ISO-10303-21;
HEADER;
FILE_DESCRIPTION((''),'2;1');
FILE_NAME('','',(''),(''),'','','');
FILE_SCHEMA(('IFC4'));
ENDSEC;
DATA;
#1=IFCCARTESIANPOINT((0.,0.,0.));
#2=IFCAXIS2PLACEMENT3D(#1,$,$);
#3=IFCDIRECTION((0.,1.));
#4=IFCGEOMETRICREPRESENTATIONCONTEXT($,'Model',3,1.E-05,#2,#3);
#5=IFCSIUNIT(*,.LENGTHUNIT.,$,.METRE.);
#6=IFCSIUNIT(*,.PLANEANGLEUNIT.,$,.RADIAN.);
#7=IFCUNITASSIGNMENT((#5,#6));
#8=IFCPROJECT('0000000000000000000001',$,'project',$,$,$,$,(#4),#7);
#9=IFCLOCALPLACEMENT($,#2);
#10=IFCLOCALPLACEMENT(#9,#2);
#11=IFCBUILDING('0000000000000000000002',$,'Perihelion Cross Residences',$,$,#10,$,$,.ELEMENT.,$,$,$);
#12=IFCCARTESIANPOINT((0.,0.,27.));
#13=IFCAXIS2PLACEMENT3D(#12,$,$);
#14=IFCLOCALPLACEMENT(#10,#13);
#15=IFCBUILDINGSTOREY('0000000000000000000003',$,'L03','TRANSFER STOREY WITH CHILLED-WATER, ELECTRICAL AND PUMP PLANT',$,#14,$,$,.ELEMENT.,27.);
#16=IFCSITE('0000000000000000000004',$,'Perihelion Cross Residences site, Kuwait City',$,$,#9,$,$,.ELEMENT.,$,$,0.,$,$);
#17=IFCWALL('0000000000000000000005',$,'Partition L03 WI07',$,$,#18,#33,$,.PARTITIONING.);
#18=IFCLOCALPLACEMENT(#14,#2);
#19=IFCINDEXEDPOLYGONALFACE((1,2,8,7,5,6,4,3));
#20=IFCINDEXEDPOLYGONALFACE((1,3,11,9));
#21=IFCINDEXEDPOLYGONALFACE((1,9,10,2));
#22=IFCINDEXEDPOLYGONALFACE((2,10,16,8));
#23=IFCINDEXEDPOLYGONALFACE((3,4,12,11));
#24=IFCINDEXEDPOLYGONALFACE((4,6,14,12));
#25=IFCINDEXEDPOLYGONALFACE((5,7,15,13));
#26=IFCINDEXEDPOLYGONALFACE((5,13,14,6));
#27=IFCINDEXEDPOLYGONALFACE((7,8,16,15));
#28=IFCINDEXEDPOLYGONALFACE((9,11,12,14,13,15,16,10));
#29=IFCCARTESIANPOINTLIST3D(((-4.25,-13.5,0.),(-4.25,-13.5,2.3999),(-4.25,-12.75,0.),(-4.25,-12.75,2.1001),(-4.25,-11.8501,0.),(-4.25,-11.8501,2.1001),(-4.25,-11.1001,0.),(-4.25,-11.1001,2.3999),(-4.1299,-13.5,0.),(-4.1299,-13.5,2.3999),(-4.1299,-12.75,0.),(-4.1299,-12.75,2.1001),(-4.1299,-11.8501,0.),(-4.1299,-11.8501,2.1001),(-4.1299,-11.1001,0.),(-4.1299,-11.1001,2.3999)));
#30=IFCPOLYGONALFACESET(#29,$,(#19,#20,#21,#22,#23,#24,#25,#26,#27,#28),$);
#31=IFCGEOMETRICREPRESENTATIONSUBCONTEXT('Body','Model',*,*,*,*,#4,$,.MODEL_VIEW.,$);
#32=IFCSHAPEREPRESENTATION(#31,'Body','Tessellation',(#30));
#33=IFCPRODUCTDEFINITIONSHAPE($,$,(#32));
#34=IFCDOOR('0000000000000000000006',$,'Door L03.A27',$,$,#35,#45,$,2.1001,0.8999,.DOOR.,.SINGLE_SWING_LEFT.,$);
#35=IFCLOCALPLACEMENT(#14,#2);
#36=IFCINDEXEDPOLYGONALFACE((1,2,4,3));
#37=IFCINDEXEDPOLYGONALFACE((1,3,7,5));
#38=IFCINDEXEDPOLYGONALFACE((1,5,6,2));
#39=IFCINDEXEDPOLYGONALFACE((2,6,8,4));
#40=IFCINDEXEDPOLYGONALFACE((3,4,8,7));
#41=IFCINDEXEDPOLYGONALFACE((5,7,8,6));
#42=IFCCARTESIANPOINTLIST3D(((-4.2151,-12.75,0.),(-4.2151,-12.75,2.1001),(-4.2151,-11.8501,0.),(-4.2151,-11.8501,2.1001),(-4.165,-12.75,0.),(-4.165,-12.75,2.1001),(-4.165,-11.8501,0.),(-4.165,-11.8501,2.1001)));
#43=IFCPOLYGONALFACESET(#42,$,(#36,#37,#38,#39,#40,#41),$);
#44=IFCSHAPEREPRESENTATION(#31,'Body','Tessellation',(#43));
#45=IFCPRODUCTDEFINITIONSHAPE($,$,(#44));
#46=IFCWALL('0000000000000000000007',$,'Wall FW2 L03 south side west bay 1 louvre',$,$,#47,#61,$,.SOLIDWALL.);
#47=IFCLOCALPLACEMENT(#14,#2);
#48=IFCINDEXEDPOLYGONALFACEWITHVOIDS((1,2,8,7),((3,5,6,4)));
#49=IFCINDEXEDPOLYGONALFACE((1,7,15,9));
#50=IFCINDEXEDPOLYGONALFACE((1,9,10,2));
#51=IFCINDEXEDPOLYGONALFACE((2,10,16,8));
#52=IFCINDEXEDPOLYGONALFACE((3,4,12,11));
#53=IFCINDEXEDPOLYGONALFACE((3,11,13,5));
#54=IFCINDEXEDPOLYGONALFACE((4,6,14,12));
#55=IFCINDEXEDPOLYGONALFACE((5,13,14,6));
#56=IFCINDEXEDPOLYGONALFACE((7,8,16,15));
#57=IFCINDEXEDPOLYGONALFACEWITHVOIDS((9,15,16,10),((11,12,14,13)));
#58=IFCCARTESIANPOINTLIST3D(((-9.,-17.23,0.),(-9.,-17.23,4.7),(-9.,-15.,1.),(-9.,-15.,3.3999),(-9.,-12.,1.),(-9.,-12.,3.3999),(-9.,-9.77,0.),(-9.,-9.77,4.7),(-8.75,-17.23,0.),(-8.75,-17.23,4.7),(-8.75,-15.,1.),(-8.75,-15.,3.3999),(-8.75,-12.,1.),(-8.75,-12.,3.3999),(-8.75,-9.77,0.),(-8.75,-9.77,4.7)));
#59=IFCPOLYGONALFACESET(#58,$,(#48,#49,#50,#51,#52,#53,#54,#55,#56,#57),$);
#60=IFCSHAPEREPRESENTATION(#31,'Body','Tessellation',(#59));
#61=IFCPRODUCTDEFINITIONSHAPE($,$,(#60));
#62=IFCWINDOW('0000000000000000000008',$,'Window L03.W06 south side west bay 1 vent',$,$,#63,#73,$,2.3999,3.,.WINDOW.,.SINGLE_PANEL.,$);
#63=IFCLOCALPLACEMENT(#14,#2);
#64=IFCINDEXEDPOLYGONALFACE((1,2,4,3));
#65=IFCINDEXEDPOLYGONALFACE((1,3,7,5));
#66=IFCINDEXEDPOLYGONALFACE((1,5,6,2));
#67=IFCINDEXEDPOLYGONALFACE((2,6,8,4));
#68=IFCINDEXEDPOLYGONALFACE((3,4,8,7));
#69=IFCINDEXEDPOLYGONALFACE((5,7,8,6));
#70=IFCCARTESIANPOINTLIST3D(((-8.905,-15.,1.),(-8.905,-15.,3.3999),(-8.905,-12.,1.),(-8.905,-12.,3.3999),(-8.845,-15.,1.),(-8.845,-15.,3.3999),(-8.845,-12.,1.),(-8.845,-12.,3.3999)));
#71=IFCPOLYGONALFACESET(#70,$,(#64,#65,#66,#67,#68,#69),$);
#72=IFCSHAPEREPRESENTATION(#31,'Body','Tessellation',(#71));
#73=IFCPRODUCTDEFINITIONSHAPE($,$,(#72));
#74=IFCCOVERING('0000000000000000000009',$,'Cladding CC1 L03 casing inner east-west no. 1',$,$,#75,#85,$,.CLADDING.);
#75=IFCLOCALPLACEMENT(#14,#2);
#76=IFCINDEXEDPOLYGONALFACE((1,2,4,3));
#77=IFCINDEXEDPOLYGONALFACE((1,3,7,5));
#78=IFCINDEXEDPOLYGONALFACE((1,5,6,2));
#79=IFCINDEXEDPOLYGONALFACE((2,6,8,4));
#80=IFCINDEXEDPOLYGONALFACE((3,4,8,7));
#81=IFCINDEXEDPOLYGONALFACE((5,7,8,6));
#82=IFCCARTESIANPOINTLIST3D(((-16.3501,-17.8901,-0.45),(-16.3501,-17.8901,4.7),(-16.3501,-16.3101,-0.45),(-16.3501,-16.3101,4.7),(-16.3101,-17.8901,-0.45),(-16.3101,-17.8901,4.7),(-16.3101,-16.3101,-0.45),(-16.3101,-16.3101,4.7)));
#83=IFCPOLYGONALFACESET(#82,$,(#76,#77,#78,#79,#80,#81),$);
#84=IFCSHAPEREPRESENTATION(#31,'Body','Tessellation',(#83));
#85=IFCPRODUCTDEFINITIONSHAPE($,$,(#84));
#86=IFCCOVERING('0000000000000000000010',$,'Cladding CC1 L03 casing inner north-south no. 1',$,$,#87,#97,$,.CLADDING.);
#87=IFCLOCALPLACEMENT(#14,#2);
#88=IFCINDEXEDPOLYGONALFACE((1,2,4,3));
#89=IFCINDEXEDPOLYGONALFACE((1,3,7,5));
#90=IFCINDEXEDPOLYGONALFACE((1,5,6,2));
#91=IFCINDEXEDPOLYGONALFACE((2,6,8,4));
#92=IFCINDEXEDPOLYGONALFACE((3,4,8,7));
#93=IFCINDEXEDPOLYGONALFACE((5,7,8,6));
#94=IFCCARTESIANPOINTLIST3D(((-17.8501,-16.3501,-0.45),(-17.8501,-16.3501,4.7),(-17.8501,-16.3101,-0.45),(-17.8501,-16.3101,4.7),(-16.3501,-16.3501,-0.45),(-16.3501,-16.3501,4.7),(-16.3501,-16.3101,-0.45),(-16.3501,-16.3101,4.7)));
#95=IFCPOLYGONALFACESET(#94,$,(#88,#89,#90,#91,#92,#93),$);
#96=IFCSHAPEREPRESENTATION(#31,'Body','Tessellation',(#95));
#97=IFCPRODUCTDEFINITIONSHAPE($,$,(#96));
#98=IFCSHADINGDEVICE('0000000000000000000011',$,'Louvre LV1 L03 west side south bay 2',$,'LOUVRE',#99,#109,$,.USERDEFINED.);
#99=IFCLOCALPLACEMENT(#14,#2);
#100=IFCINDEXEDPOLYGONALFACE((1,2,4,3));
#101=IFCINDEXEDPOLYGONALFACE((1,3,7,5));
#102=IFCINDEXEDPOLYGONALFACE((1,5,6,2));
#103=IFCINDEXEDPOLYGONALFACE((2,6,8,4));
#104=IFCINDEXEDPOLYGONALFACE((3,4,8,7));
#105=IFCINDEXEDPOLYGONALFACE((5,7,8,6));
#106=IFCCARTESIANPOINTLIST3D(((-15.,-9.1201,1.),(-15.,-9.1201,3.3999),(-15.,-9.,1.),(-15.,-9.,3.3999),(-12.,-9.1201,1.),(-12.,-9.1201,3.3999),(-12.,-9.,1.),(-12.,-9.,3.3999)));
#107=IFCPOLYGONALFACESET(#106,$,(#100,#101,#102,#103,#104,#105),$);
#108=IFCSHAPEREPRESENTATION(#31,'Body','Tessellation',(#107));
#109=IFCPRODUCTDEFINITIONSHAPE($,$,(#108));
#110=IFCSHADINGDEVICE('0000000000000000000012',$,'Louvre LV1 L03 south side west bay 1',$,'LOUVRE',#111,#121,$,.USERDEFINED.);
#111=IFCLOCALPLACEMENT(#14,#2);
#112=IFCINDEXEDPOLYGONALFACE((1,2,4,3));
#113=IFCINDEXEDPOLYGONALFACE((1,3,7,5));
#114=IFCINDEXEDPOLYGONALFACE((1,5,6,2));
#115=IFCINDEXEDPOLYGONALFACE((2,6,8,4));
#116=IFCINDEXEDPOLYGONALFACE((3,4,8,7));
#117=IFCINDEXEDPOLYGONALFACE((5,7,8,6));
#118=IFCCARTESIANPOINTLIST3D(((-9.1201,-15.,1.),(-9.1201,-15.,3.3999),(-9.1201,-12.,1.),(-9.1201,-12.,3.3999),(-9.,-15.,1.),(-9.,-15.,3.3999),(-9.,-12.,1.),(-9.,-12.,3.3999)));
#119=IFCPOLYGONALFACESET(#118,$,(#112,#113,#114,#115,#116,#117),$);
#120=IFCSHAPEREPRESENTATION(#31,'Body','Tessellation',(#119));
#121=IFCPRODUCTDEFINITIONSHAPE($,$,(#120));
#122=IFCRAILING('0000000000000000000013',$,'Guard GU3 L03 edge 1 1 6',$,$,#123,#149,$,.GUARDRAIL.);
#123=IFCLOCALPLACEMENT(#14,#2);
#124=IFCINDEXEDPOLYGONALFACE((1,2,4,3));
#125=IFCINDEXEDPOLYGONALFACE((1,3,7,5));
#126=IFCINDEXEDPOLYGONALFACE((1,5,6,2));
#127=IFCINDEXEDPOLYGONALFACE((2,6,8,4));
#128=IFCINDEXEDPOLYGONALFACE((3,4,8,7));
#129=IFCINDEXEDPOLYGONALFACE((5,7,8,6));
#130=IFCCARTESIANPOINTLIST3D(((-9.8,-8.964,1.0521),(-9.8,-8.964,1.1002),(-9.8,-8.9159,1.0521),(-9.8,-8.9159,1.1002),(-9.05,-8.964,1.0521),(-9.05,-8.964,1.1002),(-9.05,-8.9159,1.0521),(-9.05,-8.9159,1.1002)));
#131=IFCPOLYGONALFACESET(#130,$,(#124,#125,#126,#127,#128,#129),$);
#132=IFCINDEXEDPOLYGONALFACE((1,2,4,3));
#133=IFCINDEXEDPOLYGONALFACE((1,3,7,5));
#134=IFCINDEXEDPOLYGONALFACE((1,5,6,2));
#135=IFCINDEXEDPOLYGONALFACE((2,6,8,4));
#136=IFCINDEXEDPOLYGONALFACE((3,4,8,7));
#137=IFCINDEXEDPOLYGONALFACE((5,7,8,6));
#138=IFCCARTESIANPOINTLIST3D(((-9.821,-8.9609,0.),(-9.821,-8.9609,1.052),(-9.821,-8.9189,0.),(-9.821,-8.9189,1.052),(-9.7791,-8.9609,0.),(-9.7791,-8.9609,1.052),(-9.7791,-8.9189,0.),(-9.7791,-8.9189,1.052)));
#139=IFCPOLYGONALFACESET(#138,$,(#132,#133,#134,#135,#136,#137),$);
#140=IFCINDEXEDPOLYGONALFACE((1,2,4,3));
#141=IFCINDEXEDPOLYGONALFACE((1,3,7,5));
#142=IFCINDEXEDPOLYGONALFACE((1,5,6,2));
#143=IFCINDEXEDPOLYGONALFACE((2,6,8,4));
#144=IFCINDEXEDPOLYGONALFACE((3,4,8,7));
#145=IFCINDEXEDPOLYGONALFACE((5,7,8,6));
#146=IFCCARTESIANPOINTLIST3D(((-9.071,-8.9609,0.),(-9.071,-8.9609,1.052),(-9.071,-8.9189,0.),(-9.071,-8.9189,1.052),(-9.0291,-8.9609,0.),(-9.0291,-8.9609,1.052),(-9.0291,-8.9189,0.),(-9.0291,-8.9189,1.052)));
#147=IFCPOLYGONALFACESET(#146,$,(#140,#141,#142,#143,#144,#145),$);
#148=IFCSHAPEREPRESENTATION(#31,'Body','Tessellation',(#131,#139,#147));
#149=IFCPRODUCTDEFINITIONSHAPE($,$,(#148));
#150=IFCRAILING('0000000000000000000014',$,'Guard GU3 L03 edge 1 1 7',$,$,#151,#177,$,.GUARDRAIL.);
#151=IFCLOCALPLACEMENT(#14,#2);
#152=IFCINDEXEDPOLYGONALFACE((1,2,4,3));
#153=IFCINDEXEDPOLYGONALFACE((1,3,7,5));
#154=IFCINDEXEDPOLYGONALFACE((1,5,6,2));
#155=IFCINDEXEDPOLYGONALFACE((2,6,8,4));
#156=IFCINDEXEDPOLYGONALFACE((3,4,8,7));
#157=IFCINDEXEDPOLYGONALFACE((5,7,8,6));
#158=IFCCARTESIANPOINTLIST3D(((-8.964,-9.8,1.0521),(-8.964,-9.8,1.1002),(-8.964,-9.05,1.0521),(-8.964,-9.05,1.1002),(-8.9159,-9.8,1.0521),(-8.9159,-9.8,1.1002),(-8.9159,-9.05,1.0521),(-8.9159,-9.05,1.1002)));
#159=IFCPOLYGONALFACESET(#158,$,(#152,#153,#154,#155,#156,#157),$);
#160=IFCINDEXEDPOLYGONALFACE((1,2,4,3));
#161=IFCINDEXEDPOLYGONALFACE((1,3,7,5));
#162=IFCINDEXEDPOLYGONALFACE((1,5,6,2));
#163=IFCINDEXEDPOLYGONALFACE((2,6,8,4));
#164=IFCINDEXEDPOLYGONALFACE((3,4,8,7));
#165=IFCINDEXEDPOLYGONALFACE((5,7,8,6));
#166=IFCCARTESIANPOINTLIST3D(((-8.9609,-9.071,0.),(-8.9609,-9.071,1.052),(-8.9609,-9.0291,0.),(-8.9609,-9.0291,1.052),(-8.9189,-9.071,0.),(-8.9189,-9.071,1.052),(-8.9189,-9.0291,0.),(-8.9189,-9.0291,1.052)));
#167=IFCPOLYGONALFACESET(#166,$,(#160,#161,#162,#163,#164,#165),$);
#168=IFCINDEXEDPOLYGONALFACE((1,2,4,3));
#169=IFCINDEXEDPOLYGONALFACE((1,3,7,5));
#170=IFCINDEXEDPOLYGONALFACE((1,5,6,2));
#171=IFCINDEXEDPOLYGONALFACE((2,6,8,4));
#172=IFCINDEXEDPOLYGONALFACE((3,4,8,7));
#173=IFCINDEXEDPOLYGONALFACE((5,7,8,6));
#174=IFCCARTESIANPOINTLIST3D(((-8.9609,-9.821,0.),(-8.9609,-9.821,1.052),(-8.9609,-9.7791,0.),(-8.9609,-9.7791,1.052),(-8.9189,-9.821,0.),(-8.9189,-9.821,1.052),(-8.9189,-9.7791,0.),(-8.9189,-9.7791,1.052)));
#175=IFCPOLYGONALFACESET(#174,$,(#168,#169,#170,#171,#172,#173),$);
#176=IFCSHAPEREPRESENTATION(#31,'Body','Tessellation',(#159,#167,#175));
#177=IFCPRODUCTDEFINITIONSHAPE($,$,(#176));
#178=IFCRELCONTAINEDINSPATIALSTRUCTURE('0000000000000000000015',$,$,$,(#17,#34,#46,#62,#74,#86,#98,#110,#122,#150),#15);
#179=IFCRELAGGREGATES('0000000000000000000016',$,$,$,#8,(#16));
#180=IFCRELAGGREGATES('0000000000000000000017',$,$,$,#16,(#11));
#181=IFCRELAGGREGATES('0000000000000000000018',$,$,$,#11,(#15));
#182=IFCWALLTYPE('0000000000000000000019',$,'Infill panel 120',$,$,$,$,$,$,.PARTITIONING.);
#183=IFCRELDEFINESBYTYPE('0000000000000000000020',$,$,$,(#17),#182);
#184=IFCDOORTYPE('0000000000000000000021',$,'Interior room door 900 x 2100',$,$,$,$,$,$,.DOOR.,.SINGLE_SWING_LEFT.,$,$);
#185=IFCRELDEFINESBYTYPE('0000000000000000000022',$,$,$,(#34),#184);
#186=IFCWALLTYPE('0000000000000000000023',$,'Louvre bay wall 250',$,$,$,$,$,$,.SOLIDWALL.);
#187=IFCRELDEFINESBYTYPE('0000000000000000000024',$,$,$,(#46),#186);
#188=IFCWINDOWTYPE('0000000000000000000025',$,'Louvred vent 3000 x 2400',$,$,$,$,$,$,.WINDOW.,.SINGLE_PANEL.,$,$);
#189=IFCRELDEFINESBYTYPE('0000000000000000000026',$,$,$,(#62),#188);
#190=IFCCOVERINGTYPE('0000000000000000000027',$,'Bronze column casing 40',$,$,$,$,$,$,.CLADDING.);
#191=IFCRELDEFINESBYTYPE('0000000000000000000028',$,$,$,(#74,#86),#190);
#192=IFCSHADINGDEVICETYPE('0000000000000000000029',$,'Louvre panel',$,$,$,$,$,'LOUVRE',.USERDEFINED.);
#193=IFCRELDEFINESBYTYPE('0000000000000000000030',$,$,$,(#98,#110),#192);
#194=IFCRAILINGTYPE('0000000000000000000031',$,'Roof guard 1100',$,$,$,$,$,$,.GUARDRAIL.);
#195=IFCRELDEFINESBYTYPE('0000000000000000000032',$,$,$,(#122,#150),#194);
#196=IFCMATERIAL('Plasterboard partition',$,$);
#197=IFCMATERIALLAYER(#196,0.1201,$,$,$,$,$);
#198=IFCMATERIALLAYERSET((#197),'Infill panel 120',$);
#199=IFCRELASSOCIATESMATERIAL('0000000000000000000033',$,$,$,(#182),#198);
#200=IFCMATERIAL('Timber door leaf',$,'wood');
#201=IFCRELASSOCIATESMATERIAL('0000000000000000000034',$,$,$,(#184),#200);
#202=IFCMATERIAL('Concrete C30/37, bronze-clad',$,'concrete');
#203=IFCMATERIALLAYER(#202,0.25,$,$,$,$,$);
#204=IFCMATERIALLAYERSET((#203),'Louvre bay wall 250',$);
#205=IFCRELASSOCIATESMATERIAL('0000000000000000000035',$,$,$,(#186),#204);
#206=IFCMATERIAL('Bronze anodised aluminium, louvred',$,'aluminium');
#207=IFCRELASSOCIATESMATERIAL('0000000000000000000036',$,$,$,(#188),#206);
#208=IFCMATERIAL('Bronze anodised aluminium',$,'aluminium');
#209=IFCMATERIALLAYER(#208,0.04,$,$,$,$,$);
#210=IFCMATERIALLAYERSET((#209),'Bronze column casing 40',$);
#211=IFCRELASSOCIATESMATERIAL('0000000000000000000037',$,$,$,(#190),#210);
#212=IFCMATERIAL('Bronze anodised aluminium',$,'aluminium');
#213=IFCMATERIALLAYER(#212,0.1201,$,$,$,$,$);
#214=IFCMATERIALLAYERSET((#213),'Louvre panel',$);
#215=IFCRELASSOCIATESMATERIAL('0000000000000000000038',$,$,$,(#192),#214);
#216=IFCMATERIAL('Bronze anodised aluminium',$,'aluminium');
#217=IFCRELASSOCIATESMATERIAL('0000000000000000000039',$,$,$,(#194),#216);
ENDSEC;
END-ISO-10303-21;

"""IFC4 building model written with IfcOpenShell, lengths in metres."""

from ifc_helpers import new_model, si_unit, direction, frame, frame_2d, origin, origin_2d, place, context, subcontext, project, spatial, rectangle, extrude, material, layer, layer_set, type_object, element, fill, save


model = new_model("IFC4")

# Units and contexts
model_context = context("Model", 3, precision=1e-05, world=origin(), true_north=direction((0.0, 1.0)))
body_context = subcontext(model_context, "Body", "Model", "MODEL_VIEW")
ifc_project = project(units=[si_unit("LENGTHUNIT", "METRE"), si_unit("PLANEANGLEUNIT", "RADIAN")], contexts=[model_context])

# Site, building, storey
site_placement = place(None, origin())
site = spatial("IfcSite", under=ifc_project, at=site_placement, Name="Perihelion Cross Residences site, Kuwait City", CompositionType="ELEMENT", RefElevation=0.0)
building_placement = place(site_placement, origin())
building = spatial("IfcBuilding", under=site, at=building_placement, Name="Perihelion Cross Residences", CompositionType="ELEMENT")
storey_placement = place(building_placement, frame((0.0, 0.0, 27.0)))
storey = spatial("IfcBuildingStorey", under=building, at=storey_placement, Name="L03", Description="TRANSFER STOREY WITH CHILLED-WATER, ELECTRICAL AND PUMP PLANT", CompositionType="ELEMENT", Elevation=27.0)

# Wall, opening, door
ifc_material_1 = material(Name="Plasterboard partition")
ifc_layer_1 = layer(ifc_material_1, 0.1201)
ifc_layer_set_1 = layer_set([ifc_layer_1], Name="Infill panel 120")
wall_type_1 = type_object("IfcWallType", Name="Infill panel 120", PredefinedType="PARTITIONING", material=ifc_layer_set_1)
wall_1_placement = place(storey_placement, frame((-4.1899, -11.1001, 0.0), z_axis=(0.0, 0.0, 1.0), x_axis=(0.0, -1.0, 0.0)))
wall_1 = element("IfcWall", 1, at=wall_1_placement, inside=storey, type_object=wall_type_1, Name="Partition L03 WI07", PredefinedType="PARTITIONING", context=body_context, shape_type="SweptSolid", body=[
    extrude(rectangle(XDim=2.3999, YDim=0.1201, at=frame_2d((1.2, 0.0))), origin(), (0.0, 0.0, 1.0), 2.3999),
])
opening_1_placement = place(wall_1_placement, frame((0.75, 0.0, 0.0)))
opening_1 = element("IfcOpeningElement", 2, at=opening_1_placement, cuts=wall_1, PredefinedType="OPENING", context=body_context, shape_type="SweptSolid", body=[
    extrude(rectangle(XDim=0.8999, YDim=2.1001, at=frame_2d((0.45, 1.05))), frame((0.0, 0.0701, 0.0), z_axis=(0.0, -1.0, 0.0), x_axis=(1.0, 0.0, 0.0)), (0.0, 0.0, 1.0), 0.1401),
])
ifc_material_2 = material(Name="Timber door leaf", Category="wood")
door_type = type_object("IfcDoorType", Name="Interior room door 900 x 2100", OperationType="SINGLE_SWING_LEFT", PredefinedType="DOOR", material=ifc_material_2)
door_placement = place(opening_1_placement, origin())
door = element("IfcDoor", 3, at=door_placement, inside=storey, type_object=door_type, Name="Door L03.A27", OperationType="SINGLE_SWING_LEFT", OverallHeight=2.1001, OverallWidth=0.8999, PredefinedType="DOOR", context=body_context, shape_type="SweptSolid", body=[
    extrude(rectangle(XDim=0.8999, YDim=2.1001, at=frame_2d((0.45, 1.05))), frame((0.0, 0.0249, 0.0), z_axis=(0.0, -1.0, 0.0), x_axis=(1.0, 0.0, 0.0)), (0.0, 0.0, 1.0), 0.05),
])
fill(opening_1, door)

# Wall, opening, window
ifc_material_3 = material(Name="Concrete C30/37, bronze-clad", Category="concrete")
ifc_layer_2 = layer(ifc_material_3, 0.25)
ifc_layer_set_2 = layer_set([ifc_layer_2], Name="Louvre bay wall 250")
wall_type_2 = type_object("IfcWallType", Name="Louvre bay wall 250", PredefinedType="SOLIDWALL", material=ifc_layer_set_2)
wall_2_placement = place(storey_placement, frame((-8.875, -9.77, 0.0), z_axis=(0.0, 0.0, 1.0), x_axis=(0.0, -1.0, 0.0)))
wall_2 = element("IfcWall", 4, at=wall_2_placement, inside=storey, type_object=wall_type_2, Name="Wall FW2 L03 south side west bay 1 louvre", PredefinedType="SOLIDWALL", context=body_context, shape_type="SweptSolid", body=[
    extrude(rectangle(XDim=7.46, YDim=0.25, at=frame_2d((3.73, 0.0))), origin(), (0.0, 0.0, 1.0), 4.7),
])
opening_2_placement = place(wall_2_placement, frame((2.23, 0.0, 1.0)))
opening_2 = element("IfcOpeningElement", 5, at=opening_2_placement, cuts=wall_2, PredefinedType="OPENING", context=body_context, shape_type="SweptSolid", body=[
    extrude(rectangle(XDim=3.0, YDim=2.3999, at=frame_2d((1.5, 1.2))), frame((0.0, 0.135, 0.0), z_axis=(0.0, -1.0, 0.0), x_axis=(1.0, 0.0, 0.0)), (0.0, 0.0, 1.0), 0.27),
])
ifc_material_4 = material(Name="Bronze anodised aluminium, louvred", Category="aluminium")
window_type = type_object("IfcWindowType", Name="Louvred vent 3000 x 2400", PartitioningType="SINGLE_PANEL", PredefinedType="WINDOW", material=ifc_material_4)
window_placement = place(opening_2_placement, origin())
window = element("IfcWindow", 6, at=window_placement, inside=storey, type_object=window_type, Name="Window L03.W06 south side west bay 1 vent", OverallHeight=2.3999, OverallWidth=3.0, PartitioningType="SINGLE_PANEL", PredefinedType="WINDOW", context=body_context, shape_type="SweptSolid", body=[
    extrude(rectangle(XDim=3.0, YDim=2.3999, at=frame_2d((1.5, 1.2))), frame((0.0, 0.03, 0.0), z_axis=(0.0, -1.0, 0.0), x_axis=(1.0, 0.0, 0.0)), (0.0, 0.0, 1.0), 0.0601),
])
fill(opening_2, window)

# Coverings
ifc_material_5 = material(Name="Bronze anodised aluminium", Category="aluminium")
ifc_layer_3 = layer(ifc_material_5, 0.04)
ifc_layer_set_3 = layer_set([ifc_layer_3], Name="Bronze column casing 40")
covering_type = type_object("IfcCoveringType", Name="Bronze column casing 40", PredefinedType="CLADDING", material=ifc_layer_set_3)
covering_1_placement = place(storey_placement, frame((-16.3301, -17.1001, -0.45), z_axis=(0.0, 0.0, 1.0), x_axis=(1.0, 0.0, 0.0)))
element("IfcCovering", 7, at=covering_1_placement, inside=storey, type_object=covering_type, Name="Cladding CC1 L03 casing inner east-west no. 1", PredefinedType="CLADDING", context=body_context, shape_type="SweptSolid", body=[
    extrude(rectangle(XDim=0.04, YDim=1.5801, at=origin_2d()), origin(), (0.0, 0.0, 1.0), 5.1499),
])
covering_2_placement = place(storey_placement, frame((-17.1001, -16.3301, -0.45), z_axis=(0.0, 0.0, 1.0), x_axis=(1.0, 0.0, 0.0)))
element("IfcCovering", 8, at=covering_2_placement, inside=storey, type_object=covering_type, Name="Cladding CC1 L03 casing inner north-south no. 1", PredefinedType="CLADDING", context=body_context, shape_type="SweptSolid", body=[
    extrude(rectangle(XDim=1.5, YDim=0.04, at=origin_2d()), origin(), (0.0, 0.0, 1.0), 5.1499),
])

# Shading devices
ifc_material_6 = material(Name="Bronze anodised aluminium", Category="aluminium")
ifc_layer_4 = layer(ifc_material_6, 0.1201)
ifc_layer_set_4 = layer_set([ifc_layer_4], Name="Louvre panel")
shading_device_type = type_object("IfcShadingDeviceType", Name="Louvre panel", ElementType="LOUVRE", PredefinedType="USERDEFINED", material=ifc_layer_set_4)
for number, where, z_axis, x_axis, name in (
    (9, (-13.5, -9.0601, 1.0), (0.0, 0.0, 1.0), (1.0, 0.0, 0.0), "Louvre LV1 L03 west side south bay 2"),
    (10, (-9.0601, -13.5, 1.0), (0.0, 0.0, 1.0), (0.0, -1.0, 0.0), "Louvre LV1 L03 south side west bay 1"),
):
    element("IfcShadingDevice", number, at=place(storey_placement, frame(where, z_axis=z_axis, x_axis=x_axis)), inside=storey, type_object=shading_device_type, Name=name, ObjectType="LOUVRE", PredefinedType="USERDEFINED", context=body_context, shape_type="SweptSolid", body=[
        extrude(rectangle(XDim=3.0, YDim=0.1201, at=origin_2d()), origin(), (0.0, 0.0, 1.0), 2.3999),
    ])

# Railings
ifc_material_7 = material(Name="Bronze anodised aluminium", Category="aluminium")
railing_type = type_object("IfcRailingType", Name="Roof guard 1100", PredefinedType="GUARDRAIL", material=ifc_material_7)
railing_1_placement = place(storey_placement, frame((-9.8, -8.9399, 0.0)))
element("IfcRailing", 11, at=railing_1_placement, inside=storey, type_object=railing_type, Name="Guard GU3 L03 edge 1 1 6", PredefinedType="GUARDRAIL", context=body_context, shape_type="SweptSolid", body=[
    extrude(rectangle(XDim=0.0481, YDim=0.0481, at=origin_2d()), frame((0.0, 0.0, 1.0762), z_axis=(1.0, 0.0, 0.0), x_axis=(0.0, 1.0, 0.0)), (0.0, 0.0, 1.0), 0.75),
    extrude(rectangle(XDim=0.042, YDim=0.042, at=origin_2d()), origin(), (0.0, 0.0, 1.0), 1.052),
    extrude(rectangle(XDim=0.042, YDim=0.042, at=origin_2d()), frame((0.75, 0.0, 0.0)), (0.0, 0.0, 1.0), 1.052),
])
railing_2_placement = place(storey_placement, frame((-8.9399, -9.05, 0.0)))
element("IfcRailing", 12, at=railing_2_placement, inside=storey, type_object=railing_type, Name="Guard GU3 L03 edge 1 1 7", PredefinedType="GUARDRAIL", context=body_context, shape_type="SweptSolid", body=[
    extrude(rectangle(XDim=0.0481, YDim=0.0481, at=origin_2d()), frame((0.0, 0.0, 1.0762), z_axis=(0.0, -1.0, 0.0), x_axis=(1.0, 0.0, 0.0)), (0.0, 0.0, 1.0), 0.75),
    extrude(rectangle(XDim=0.042, YDim=0.042, at=origin_2d()), origin(), (0.0, 0.0, 1.0), 1.052),
    extrude(rectangle(XDim=0.042, YDim=0.042, at=origin_2d()), frame((0.0, -0.75, 0.0)), (0.0, 0.0, 1.0), 1.052),
])

save(model, "model.ifc")
